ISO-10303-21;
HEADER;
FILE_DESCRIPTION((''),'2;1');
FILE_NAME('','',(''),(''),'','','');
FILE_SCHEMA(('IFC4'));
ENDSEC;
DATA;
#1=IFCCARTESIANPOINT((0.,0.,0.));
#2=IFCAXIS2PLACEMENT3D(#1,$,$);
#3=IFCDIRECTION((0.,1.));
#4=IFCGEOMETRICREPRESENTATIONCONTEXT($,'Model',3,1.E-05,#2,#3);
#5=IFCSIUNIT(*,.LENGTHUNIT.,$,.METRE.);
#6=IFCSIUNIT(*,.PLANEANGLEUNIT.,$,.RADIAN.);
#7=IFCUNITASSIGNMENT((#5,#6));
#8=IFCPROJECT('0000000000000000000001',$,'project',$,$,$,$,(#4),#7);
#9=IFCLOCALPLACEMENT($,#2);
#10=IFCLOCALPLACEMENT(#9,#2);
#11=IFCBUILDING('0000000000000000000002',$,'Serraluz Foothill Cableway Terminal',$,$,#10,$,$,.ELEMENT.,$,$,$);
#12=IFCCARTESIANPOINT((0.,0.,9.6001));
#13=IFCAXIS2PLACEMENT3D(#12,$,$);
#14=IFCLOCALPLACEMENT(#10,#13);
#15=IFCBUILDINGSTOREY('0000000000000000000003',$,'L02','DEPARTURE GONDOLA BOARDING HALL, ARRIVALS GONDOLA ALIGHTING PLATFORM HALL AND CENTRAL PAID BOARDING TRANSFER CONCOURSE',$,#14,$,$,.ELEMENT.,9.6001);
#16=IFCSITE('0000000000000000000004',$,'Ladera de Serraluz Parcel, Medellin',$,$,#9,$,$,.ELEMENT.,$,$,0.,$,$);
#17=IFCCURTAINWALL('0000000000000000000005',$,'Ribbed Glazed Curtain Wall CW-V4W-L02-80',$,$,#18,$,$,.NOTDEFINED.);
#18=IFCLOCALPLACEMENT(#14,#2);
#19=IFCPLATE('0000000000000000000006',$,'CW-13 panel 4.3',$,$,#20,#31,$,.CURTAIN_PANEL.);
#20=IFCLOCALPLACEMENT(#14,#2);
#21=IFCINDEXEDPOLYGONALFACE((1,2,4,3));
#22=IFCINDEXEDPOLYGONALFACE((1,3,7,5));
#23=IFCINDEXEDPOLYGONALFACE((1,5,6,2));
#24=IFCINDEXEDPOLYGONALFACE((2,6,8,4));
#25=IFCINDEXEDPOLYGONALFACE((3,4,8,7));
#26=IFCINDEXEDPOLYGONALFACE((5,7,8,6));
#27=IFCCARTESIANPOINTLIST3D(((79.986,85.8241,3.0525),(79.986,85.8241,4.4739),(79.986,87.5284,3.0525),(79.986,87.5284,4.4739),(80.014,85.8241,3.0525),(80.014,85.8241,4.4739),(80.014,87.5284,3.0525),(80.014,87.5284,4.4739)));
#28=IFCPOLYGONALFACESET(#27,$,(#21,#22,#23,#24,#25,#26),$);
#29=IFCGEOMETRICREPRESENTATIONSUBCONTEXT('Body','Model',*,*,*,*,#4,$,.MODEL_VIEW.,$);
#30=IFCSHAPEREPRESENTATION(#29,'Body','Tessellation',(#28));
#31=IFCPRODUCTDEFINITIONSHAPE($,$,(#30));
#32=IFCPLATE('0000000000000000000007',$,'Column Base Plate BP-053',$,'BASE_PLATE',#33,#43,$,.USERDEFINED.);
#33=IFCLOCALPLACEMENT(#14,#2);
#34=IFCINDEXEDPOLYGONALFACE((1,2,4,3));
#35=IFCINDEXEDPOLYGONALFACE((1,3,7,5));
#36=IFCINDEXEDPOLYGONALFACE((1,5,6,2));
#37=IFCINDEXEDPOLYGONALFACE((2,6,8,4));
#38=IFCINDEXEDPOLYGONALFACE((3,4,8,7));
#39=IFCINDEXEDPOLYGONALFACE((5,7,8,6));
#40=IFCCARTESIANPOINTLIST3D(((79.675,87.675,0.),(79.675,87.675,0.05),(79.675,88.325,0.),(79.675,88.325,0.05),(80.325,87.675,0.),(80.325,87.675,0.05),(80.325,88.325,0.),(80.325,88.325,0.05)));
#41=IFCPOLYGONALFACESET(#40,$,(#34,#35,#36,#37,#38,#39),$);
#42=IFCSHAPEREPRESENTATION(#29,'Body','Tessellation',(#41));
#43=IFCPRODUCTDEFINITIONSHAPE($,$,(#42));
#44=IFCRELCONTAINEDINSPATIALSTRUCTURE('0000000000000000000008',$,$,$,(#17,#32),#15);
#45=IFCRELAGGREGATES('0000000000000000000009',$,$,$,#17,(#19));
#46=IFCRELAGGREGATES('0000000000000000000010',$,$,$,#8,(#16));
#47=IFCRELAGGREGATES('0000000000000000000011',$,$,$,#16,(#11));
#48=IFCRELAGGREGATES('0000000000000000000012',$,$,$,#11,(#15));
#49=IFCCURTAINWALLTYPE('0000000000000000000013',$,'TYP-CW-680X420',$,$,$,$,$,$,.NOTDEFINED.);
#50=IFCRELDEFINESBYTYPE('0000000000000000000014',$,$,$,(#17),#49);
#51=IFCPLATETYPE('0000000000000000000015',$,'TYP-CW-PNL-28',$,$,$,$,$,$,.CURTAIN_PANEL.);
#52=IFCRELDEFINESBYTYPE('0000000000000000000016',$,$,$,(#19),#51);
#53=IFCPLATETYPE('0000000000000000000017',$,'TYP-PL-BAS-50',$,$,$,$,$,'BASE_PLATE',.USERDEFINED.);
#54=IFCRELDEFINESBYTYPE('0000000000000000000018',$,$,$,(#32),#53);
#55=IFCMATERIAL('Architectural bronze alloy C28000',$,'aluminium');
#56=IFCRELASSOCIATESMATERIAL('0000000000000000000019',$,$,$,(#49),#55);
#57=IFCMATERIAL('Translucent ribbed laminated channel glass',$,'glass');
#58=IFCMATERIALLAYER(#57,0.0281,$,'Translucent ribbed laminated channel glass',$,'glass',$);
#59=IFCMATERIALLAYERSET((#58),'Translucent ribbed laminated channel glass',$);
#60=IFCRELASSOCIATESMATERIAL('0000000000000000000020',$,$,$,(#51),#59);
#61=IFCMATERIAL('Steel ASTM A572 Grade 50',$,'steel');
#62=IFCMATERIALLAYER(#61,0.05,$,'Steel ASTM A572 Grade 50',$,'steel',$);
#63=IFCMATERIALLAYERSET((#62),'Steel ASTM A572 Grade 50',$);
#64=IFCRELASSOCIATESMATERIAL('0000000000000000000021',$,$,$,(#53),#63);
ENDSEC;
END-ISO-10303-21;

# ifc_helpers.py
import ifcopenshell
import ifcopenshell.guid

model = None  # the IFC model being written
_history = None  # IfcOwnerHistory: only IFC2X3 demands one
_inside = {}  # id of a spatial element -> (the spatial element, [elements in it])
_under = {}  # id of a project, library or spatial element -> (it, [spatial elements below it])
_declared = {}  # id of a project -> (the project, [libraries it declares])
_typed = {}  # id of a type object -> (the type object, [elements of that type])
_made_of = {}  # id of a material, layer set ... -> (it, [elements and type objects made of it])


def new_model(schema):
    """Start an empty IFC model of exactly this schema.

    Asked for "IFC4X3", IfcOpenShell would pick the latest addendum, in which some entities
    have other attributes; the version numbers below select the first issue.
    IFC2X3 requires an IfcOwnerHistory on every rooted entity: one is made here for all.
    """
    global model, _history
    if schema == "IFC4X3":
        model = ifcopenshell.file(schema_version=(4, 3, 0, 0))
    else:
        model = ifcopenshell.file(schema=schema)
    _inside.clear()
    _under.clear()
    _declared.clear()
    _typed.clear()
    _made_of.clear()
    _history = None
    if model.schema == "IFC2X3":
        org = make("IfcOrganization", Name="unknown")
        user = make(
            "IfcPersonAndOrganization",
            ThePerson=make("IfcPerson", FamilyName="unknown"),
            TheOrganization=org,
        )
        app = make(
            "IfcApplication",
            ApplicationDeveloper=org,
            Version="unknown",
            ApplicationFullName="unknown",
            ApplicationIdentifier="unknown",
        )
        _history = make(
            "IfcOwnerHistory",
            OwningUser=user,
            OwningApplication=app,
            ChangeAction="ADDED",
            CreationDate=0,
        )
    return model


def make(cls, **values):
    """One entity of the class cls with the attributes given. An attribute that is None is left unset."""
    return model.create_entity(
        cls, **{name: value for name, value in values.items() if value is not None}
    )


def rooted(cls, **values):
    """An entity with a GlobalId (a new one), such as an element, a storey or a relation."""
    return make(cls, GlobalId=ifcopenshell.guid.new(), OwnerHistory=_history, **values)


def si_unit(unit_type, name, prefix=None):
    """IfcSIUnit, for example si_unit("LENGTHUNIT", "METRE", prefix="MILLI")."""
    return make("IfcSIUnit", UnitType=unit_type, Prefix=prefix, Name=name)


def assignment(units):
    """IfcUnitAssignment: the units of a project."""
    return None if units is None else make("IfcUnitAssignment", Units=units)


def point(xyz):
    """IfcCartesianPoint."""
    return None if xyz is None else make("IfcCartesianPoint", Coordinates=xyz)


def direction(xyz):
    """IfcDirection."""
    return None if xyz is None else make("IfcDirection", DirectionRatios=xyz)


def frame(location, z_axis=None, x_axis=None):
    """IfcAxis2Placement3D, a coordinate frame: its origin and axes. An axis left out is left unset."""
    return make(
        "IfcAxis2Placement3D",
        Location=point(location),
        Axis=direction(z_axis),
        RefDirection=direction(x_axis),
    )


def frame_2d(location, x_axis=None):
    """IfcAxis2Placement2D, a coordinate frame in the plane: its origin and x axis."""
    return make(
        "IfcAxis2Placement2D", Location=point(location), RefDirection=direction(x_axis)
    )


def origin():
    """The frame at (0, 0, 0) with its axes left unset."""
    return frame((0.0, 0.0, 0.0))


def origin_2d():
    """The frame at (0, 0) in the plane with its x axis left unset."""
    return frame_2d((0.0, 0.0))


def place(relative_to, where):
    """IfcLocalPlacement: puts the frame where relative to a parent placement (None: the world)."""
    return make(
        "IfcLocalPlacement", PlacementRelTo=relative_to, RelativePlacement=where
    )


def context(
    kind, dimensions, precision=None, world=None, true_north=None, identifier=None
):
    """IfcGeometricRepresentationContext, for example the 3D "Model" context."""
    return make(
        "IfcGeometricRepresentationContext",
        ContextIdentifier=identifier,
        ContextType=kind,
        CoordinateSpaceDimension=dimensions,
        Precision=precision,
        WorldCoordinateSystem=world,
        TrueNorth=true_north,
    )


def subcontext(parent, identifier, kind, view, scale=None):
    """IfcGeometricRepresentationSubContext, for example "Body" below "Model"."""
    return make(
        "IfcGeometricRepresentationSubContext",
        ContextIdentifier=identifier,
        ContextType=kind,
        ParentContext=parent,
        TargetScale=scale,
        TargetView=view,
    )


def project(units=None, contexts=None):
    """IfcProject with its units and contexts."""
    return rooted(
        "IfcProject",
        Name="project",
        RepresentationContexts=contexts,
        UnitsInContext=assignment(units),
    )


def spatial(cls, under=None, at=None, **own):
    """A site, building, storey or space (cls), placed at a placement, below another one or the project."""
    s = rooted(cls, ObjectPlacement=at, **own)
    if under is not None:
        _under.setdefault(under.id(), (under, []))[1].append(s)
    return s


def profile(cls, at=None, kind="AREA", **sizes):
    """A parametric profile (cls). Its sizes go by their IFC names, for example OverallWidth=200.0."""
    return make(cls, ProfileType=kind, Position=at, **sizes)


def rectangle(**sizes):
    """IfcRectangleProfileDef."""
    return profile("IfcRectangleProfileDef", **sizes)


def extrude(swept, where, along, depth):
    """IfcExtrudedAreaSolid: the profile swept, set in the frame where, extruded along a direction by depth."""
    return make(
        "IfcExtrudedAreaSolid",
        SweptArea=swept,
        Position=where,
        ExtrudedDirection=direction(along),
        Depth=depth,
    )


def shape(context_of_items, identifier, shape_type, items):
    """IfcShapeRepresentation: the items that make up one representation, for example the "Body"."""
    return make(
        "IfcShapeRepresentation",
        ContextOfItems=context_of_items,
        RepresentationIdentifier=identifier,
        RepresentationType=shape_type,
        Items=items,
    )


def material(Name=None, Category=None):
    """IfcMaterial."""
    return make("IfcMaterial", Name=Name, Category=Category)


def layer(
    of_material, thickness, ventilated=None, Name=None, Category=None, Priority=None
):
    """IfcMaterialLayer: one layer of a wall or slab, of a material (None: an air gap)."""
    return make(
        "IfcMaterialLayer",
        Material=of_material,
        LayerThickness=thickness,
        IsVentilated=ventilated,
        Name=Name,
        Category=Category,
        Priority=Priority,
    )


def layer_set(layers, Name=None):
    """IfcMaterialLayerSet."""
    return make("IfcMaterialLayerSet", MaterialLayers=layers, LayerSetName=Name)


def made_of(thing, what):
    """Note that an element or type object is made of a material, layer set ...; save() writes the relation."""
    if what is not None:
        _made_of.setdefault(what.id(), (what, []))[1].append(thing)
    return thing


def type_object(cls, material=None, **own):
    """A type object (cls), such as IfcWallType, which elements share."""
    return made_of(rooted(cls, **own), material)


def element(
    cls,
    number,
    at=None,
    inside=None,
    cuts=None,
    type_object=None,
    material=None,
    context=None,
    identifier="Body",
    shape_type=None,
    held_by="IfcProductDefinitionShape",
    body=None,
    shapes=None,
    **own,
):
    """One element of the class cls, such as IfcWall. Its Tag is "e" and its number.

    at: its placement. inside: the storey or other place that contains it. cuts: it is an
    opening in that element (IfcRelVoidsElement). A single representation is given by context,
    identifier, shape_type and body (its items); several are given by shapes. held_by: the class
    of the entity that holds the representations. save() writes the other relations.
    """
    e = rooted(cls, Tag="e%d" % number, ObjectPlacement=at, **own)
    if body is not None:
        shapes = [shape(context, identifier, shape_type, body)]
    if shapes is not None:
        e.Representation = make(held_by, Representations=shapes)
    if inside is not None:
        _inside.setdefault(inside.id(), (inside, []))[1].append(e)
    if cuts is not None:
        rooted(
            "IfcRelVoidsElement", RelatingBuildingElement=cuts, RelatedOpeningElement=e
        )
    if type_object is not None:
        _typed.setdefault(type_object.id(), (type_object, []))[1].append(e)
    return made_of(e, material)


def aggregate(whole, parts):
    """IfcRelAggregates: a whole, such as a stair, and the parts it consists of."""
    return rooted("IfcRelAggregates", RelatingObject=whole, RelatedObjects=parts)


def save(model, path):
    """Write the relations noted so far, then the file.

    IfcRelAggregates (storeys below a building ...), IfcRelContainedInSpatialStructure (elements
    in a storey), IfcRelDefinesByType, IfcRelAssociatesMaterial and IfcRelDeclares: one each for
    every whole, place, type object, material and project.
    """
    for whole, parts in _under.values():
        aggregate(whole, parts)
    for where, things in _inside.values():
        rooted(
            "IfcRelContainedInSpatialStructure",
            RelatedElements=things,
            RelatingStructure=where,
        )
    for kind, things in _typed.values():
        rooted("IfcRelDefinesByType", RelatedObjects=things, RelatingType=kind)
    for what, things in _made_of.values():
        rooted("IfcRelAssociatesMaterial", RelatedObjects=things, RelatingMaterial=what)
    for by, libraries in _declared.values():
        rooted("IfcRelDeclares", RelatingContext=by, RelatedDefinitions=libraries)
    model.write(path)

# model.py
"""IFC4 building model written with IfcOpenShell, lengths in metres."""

from ifc_helpers import new_model, si_unit, direction, frame, origin, origin_2d, place, context, subcontext, project, spatial, rectangle, extrude, material, layer, layer_set, type_object, element, aggregate, save


model = new_model("IFC4")

# Units and contexts
model_context = context("Model", 3, precision=1e-05, world=origin(), true_north=direction((0.0, 1.0)))
body_context = subcontext(model_context, "Body", "Model", "MODEL_VIEW")
ifc_project = project(units=[si_unit("LENGTHUNIT", "METRE"), si_unit("PLANEANGLEUNIT", "RADIAN")], contexts=[model_context])

# Site, building, storey
site_placement = place(None, origin())
site = spatial("IfcSite", under=ifc_project, at=site_placement, Name="Ladera de Serraluz Parcel, Medellin", CompositionType="ELEMENT", RefElevation=0.0)
building_placement = place(site_placement, origin())
building = spatial("IfcBuilding", under=site, at=building_placement, Name="Serraluz Foothill Cableway Terminal", CompositionType="ELEMENT")
storey_placement = place(building_placement, frame((0.0, 0.0, 9.6001)))
storey = spatial("IfcBuildingStorey", under=building, at=storey_placement, Name="L02", Description="DEPARTURE GONDOLA BOARDING HALL, ARRIVALS GONDOLA ALIGHTING PLATFORM HALL AND CENTRAL PAID BOARDING TRANSFER CONCOURSE", CompositionType="ELEMENT", Elevation=9.6001)

# Curtain wall
ifc_material_1 = material(Name="Architectural bronze alloy C28000", Category="aluminium")
curtain_wall_type = type_object("IfcCurtainWallType", Name="TYP-CW-680X420", PredefinedType="NOTDEFINED", material=ifc_material_1)
curtain_wall_1_placement = place(storey_placement, origin())
curtain_wall_1 = element("IfcCurtainWall", 1, at=curtain_wall_1_placement, inside=storey, type_object=curtain_wall_type, Name="Ribbed Glazed Curtain Wall CW-V4W-L02-80", PredefinedType="NOTDEFINED")

# Plates
ifc_material_2 = material(Name="Translucent ribbed laminated channel glass", Category="glass")
ifc_layer_1 = layer(ifc_material_2, 0.0281, Name="Translucent ribbed laminated channel glass", Category="glass")
ifc_layer_set_1 = layer_set([ifc_layer_1], Name="Translucent ribbed laminated channel glass")
plate_type_1 = type_object("IfcPlateType", Name="TYP-CW-PNL-28", PredefinedType="CURTAIN_PANEL", material=ifc_layer_set_1)
plate_1_placement = place(storey_placement, frame((80.0, 86.6763, 3.0525), z_axis=(0.0, 0.0, 1.0), x_axis=(0.0, 1.0, 0.0)))
plate_1 = element("IfcPlate", 2, at=plate_1_placement, type_object=plate_type_1, Name="CW-13 panel 4.3", PredefinedType="CURTAIN_PANEL", context=body_context, shape_type="SweptSolid", body=[
    extrude(rectangle(XDim=1.7043, YDim=0.0281, at=origin_2d()), origin(), (0.0, 0.0, 1.0), 1.4214),
])
aggregate(curtain_wall_1, [plate_1])
ifc_material_3 = material(Name="Steel ASTM A572 Grade 50", Category="steel")
ifc_layer_2 = layer(ifc_material_3, 0.05, Name="Steel ASTM A572 Grade 50", Category="steel")
ifc_layer_set_2 = layer_set([ifc_layer_2], Name="Steel ASTM A572 Grade 50")
plate_type_2 = type_object("IfcPlateType", Name="TYP-PL-BAS-50", ElementType="BASE_PLATE", PredefinedType="USERDEFINED", material=ifc_layer_set_2)
plate_2_placement = place(storey_placement, frame((80.0, 88.0, 0.0), z_axis=(0.0, 0.0, 1.0), x_axis=(1.0, 0.0, 0.0)))
element("IfcPlate", 3, at=plate_2_placement, inside=storey, type_object=plate_type_2, Name="Column Base Plate BP-053", ObjectType="BASE_PLATE", PredefinedType="USERDEFINED", context=body_context, shape_type="SweptSolid", body=[
    extrude(rectangle(XDim=0.6499, YDim=0.6499, at=origin_2d()), origin(), (0.0, 0.0, 1.0), 0.05),
])

save(model, "model.ifc")
